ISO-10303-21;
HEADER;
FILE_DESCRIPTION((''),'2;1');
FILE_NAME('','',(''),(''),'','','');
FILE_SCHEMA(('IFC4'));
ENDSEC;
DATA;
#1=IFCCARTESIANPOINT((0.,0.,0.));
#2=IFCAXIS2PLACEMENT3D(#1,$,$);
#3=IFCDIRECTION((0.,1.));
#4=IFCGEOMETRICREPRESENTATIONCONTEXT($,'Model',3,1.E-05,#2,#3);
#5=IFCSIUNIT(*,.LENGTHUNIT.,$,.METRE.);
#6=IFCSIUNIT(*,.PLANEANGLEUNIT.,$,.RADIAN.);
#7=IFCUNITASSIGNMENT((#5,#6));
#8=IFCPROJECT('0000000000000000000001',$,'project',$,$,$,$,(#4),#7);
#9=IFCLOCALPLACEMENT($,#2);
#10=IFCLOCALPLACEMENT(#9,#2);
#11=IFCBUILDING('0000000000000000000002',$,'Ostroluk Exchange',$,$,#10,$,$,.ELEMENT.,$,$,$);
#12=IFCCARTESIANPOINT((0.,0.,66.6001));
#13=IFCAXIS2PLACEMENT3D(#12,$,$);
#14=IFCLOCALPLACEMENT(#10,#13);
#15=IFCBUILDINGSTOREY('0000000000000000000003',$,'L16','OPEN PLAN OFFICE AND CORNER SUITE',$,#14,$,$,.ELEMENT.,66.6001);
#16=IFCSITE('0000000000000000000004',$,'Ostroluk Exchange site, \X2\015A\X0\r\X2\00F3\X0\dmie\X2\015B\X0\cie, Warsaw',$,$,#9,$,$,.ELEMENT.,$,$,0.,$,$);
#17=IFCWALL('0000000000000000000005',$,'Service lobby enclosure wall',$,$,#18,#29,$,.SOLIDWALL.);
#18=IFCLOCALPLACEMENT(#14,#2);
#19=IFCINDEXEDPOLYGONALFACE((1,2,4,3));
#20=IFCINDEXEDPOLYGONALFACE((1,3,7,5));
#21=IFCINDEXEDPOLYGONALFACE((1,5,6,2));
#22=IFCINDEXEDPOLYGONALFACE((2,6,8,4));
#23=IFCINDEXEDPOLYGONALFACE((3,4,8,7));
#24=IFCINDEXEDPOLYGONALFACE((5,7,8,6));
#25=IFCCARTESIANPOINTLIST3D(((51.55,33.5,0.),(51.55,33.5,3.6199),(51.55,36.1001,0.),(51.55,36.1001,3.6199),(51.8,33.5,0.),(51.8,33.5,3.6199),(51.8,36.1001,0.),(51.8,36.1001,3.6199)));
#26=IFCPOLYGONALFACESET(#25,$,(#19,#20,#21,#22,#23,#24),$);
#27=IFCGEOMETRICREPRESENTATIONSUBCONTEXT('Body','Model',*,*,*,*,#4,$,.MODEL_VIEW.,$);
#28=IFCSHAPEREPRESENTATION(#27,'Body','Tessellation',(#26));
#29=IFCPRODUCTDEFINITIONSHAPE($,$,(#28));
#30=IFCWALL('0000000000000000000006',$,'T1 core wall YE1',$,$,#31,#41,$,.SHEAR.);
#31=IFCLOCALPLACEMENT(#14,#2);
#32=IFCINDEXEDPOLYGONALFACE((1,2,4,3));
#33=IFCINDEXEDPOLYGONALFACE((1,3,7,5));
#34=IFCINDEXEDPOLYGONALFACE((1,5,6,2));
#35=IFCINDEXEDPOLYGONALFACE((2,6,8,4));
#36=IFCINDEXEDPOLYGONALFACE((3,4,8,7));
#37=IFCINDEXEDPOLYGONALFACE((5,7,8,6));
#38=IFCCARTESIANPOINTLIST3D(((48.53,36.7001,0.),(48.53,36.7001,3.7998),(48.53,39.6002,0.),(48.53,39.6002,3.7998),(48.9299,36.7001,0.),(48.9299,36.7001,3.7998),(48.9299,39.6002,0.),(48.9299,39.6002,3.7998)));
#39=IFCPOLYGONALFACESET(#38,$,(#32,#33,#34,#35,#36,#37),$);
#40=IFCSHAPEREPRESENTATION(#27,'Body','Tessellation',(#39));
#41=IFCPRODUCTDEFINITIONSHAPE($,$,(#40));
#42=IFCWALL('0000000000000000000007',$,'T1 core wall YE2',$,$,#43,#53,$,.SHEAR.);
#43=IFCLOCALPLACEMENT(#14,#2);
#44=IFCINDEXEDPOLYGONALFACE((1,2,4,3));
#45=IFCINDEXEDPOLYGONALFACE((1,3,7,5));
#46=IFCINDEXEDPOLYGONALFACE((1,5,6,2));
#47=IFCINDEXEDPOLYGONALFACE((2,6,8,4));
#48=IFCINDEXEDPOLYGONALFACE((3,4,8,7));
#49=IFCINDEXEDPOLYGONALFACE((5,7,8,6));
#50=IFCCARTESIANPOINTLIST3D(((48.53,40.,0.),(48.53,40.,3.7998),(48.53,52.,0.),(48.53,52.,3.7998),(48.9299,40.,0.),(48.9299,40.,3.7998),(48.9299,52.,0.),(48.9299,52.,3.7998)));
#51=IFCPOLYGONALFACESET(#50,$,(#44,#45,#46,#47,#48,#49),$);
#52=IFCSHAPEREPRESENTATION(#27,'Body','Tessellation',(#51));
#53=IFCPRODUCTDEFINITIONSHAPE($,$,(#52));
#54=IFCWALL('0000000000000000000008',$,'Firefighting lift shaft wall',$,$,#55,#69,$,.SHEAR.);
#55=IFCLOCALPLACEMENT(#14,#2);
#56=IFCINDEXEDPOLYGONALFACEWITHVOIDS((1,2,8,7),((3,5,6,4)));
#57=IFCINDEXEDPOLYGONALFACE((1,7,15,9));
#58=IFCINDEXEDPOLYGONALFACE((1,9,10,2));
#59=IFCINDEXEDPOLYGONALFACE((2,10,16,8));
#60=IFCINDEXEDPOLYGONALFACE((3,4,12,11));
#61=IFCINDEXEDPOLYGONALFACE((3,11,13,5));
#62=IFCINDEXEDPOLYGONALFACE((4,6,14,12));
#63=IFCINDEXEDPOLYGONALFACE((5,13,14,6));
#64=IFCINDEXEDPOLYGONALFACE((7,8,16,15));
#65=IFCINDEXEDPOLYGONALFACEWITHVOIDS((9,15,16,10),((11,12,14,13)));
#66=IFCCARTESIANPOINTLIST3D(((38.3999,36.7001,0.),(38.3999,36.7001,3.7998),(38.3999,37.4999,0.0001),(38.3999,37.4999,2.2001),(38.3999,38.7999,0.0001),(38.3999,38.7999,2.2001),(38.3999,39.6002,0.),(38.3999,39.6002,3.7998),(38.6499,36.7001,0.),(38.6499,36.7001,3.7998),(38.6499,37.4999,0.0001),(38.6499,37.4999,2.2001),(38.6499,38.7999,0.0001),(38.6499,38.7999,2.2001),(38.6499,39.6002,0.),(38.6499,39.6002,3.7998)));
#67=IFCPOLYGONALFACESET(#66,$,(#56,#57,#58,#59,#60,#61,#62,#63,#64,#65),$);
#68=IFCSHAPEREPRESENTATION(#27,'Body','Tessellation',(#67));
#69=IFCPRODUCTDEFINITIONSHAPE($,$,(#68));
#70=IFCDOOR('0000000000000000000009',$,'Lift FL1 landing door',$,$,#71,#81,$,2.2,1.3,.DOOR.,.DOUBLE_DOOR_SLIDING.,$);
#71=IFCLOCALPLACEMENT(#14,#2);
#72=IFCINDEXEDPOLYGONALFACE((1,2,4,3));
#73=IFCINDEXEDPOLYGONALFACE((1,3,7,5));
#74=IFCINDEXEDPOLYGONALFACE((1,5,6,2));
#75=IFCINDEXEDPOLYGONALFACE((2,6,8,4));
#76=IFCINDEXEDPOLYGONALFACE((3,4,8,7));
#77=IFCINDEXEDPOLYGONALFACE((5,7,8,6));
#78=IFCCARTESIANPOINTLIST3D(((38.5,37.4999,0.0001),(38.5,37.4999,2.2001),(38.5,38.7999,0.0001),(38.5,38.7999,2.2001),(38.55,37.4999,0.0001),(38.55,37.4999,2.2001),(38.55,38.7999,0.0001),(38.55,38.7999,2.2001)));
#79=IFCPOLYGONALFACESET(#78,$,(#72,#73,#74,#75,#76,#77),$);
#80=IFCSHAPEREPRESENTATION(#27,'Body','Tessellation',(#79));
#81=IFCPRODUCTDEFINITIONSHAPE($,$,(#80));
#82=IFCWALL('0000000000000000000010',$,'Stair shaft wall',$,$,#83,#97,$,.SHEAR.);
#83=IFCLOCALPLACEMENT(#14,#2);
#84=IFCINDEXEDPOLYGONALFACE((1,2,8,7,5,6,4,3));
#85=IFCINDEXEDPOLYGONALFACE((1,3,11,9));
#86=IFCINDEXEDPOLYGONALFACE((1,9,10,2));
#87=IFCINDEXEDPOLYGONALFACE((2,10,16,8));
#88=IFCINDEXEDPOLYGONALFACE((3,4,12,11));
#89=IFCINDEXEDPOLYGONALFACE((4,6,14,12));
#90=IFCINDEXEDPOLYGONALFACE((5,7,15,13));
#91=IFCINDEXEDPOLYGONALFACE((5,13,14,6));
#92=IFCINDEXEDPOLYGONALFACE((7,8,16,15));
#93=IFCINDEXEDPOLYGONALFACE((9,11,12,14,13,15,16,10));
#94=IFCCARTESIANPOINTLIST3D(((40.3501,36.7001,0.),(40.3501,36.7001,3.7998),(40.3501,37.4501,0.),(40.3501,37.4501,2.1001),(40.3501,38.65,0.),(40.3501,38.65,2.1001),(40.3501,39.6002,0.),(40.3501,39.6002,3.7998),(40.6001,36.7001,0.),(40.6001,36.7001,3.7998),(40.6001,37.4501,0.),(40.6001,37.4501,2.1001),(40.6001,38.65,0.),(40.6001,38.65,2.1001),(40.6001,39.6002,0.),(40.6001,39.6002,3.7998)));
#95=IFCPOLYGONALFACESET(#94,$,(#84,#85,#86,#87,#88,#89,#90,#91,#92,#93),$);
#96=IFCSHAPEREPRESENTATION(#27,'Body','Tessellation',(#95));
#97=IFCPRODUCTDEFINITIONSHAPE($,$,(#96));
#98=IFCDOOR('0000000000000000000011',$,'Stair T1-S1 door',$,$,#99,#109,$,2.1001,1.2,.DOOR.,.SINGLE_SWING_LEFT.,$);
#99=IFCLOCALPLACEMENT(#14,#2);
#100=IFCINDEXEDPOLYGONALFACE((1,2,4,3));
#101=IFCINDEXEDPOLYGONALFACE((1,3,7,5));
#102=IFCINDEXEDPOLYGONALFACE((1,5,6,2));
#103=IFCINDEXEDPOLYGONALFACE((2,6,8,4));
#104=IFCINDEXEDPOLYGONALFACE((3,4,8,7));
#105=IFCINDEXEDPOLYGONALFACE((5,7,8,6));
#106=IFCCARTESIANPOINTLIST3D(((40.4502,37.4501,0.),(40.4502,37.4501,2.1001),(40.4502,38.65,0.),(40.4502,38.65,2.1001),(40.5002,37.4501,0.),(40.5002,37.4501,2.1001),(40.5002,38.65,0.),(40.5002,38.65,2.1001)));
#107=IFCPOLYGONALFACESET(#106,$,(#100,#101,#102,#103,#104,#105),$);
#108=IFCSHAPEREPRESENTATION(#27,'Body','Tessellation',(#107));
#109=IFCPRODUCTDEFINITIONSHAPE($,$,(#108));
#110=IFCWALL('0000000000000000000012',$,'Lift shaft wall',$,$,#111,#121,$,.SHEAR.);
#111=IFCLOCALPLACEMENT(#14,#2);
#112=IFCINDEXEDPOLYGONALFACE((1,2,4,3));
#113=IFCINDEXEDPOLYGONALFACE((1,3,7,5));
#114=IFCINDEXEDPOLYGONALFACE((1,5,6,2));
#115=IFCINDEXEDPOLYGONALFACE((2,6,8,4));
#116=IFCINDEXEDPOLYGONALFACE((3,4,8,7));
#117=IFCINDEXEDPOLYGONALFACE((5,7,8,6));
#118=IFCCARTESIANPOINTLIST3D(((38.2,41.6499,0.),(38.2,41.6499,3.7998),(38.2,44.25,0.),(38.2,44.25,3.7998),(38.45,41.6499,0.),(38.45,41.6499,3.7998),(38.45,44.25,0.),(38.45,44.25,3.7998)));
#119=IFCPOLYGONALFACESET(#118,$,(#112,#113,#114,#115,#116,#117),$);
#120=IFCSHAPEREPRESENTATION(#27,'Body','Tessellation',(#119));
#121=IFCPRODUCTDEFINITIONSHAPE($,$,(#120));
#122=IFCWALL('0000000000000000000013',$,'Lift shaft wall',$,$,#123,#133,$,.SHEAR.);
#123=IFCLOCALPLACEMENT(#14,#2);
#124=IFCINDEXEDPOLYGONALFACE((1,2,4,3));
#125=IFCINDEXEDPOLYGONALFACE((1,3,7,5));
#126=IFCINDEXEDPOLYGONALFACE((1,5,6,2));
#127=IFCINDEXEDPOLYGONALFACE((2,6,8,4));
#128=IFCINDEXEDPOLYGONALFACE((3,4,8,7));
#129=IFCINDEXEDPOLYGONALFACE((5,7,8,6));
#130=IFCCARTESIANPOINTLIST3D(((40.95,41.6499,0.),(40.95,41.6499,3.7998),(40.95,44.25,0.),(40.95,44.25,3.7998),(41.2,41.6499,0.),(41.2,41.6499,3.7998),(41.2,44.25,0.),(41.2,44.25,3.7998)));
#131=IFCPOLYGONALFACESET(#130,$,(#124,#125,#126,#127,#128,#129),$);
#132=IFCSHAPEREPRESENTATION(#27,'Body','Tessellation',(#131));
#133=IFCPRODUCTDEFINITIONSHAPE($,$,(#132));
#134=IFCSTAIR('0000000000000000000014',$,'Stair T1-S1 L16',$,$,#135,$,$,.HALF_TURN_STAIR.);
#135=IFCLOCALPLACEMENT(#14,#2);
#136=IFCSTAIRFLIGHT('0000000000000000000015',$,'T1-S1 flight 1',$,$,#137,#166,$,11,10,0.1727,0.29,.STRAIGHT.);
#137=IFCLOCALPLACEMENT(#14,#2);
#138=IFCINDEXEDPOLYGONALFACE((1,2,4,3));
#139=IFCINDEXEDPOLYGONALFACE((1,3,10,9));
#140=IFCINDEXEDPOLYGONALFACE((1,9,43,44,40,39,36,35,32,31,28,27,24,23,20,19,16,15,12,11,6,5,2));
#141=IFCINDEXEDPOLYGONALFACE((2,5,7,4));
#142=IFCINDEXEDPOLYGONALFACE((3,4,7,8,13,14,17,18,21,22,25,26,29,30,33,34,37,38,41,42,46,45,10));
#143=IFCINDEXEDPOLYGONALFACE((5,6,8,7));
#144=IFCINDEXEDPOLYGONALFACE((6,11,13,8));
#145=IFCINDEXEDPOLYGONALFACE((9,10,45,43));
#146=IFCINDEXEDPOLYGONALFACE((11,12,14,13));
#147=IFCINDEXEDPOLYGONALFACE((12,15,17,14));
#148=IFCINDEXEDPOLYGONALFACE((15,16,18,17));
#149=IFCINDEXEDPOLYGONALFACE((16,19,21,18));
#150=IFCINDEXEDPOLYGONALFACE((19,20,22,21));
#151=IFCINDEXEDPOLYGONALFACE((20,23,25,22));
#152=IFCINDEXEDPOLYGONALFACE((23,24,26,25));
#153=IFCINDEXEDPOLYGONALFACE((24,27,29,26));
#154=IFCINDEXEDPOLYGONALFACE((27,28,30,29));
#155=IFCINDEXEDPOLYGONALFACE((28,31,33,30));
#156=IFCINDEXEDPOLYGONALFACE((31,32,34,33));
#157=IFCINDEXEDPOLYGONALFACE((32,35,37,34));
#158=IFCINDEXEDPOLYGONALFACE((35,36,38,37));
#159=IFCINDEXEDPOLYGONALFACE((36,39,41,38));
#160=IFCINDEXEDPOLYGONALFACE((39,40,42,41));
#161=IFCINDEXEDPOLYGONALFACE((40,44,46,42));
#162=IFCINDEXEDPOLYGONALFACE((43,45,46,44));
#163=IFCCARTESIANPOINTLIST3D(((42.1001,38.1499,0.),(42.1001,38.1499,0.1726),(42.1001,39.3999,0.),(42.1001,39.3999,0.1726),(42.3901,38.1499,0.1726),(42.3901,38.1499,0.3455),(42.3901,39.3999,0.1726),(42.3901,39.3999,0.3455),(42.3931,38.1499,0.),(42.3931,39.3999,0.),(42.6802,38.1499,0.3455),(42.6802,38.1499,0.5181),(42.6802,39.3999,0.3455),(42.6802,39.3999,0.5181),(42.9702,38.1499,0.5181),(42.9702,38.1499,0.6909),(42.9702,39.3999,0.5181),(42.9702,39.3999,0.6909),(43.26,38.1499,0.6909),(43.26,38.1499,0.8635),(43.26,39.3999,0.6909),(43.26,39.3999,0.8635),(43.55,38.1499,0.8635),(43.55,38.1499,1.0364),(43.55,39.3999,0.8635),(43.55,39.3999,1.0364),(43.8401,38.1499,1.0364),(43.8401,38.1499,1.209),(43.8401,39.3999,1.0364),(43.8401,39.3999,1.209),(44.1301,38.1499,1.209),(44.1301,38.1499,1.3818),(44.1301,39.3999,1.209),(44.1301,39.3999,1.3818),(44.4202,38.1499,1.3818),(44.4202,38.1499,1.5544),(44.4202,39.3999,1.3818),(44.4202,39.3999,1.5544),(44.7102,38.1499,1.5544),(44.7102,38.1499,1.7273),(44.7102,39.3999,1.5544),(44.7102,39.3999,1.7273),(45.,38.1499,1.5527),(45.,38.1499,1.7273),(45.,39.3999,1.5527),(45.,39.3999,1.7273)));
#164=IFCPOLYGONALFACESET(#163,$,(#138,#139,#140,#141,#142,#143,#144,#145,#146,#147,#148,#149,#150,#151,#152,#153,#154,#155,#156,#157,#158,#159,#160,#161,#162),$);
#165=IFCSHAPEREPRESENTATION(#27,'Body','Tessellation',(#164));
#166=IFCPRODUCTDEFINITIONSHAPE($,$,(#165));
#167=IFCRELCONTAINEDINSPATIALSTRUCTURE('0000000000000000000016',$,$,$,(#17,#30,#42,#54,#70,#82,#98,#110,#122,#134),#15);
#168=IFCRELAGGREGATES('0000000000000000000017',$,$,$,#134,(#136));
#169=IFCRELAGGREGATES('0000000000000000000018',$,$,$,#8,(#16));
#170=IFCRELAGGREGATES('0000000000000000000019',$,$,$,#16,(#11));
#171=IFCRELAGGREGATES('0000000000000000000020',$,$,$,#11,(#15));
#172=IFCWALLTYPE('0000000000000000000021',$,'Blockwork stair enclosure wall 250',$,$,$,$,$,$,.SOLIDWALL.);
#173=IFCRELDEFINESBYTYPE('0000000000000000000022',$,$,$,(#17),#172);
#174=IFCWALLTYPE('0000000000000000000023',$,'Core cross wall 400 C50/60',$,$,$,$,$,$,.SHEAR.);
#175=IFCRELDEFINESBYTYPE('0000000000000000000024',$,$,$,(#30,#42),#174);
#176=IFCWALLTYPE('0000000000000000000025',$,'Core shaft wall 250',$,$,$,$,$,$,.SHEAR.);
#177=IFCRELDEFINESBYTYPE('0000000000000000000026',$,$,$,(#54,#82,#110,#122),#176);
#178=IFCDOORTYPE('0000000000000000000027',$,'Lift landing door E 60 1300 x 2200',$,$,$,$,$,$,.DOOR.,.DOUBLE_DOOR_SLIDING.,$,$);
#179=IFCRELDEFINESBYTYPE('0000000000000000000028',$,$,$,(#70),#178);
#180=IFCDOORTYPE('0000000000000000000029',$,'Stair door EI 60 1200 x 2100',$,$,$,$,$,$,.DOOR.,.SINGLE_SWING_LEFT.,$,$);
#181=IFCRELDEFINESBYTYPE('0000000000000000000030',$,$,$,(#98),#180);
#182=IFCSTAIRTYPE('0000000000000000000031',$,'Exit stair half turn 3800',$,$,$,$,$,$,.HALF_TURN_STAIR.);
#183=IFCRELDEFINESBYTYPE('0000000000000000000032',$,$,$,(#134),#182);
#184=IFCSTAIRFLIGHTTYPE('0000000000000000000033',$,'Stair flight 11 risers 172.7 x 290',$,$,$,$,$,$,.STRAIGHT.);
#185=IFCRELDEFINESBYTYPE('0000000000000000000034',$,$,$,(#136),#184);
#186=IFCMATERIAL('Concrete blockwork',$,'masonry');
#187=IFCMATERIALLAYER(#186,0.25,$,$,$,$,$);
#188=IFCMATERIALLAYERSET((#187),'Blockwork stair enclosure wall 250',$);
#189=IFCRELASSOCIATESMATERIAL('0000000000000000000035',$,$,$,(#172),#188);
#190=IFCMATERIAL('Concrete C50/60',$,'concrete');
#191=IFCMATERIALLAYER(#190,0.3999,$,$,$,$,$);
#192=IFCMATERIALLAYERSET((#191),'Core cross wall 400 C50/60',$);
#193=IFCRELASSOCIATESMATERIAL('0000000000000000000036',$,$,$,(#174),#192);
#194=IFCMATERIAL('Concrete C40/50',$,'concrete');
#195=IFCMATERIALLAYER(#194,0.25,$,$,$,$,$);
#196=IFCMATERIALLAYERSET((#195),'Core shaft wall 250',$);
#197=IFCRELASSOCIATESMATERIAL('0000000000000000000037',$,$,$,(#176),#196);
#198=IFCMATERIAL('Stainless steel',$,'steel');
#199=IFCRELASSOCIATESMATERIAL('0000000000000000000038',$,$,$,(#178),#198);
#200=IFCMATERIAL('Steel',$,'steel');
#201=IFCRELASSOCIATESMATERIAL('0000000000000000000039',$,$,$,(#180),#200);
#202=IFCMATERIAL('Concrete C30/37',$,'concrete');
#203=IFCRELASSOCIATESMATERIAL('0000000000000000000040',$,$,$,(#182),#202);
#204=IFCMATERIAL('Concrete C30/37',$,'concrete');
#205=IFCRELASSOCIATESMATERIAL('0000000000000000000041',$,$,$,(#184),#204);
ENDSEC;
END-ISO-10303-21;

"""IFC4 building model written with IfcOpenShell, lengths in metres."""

from ifc_helpers import new_model, si_unit, direction, frame, frame_2d, origin, place, context, subcontext, project, spatial, polyline, rectangle, outline, extrude, material, layer, layer_set, type_object, element, fill, aggregate, save


model = new_model("IFC4")

# Units and contexts
model_context = context("Model", 3, precision=1e-05, world=origin(), true_north=direction((0.0, 1.0)))
body_context = subcontext(model_context, "Body", "Model", "MODEL_VIEW")
ifc_project = project(units=[si_unit("LENGTHUNIT", "METRE"), si_unit("PLANEANGLEUNIT", "RADIAN")], contexts=[model_context])

# Site, building, storey
site_placement = place(None, origin())
site = spatial("IfcSite", under=ifc_project, at=site_placement, Name="Ostroluk Exchange site, Śródmieście, Warsaw", CompositionType="ELEMENT", RefElevation=0.0)
building_placement = place(site_placement, origin())
building = spatial("IfcBuilding", under=site, at=building_placement, Name="Ostroluk Exchange", CompositionType="ELEMENT")
storey_placement = place(building_placement, frame((0.0, 0.0, 66.6001)))
storey = spatial("IfcBuildingStorey", under=building, at=storey_placement, Name="L16", Description="OPEN PLAN OFFICE AND CORNER SUITE", CompositionType="ELEMENT", Elevation=66.6001)

# Walls
ifc_material_1 = material(Name="Concrete blockwork", Category="masonry")
ifc_layer_1 = layer(ifc_material_1, 0.25)
ifc_layer_set_1 = layer_set([ifc_layer_1], Name="Blockwork stair enclosure wall 250")
wall_type_1 = type_object("IfcWallType", Name="Blockwork stair enclosure wall 250", PredefinedType="SOLIDWALL", material=ifc_layer_set_1)
for number, where, z_axis, x_axis, name in (
    (1, (51.675, 33.5, 0.0), (0.0, 0.0, 1.0), (0.0, 1.0, 0.0), "Service lobby enclosure wall"),
):
    element("IfcWall", number, at=place(storey_placement, frame(where, z_axis=z_axis, x_axis=x_axis)), inside=storey, type_object=wall_type_1, Name=name, PredefinedType="SOLIDWALL", context=body_context, shape_type="SweptSolid", body=[
        extrude(rectangle(XDim=2.6001, YDim=0.25, at=frame_2d((1.3, 0.0))), origin(), (0.0, 0.0, 1.0), 3.6199),
    ])
ifc_material_2 = material(Name="Concrete C50/60", Category="concrete")
ifc_layer_2 = layer(ifc_material_2, 0.3999)
ifc_layer_set_2 = layer_set([ifc_layer_2], Name="Core cross wall 400 C50/60")
wall_type_2 = type_object("IfcWallType", Name="Core cross wall 400 C50/60", PredefinedType="SHEAR", material=ifc_layer_set_2)
wall_1_placement = place(storey_placement, frame((48.73, 36.7, 0.0), z_axis=(0.0, 0.0, 1.0), x_axis=(0.0, 1.0, 0.0)))
element("IfcWall", 2, at=wall_1_placement, inside=storey, type_object=wall_type_2, Name="T1 core wall YE1", PredefinedType="SHEAR", context=body_context, shape_type="SweptSolid", body=[
    extrude(rectangle(XDim=2.9001, YDim=0.3999, at=frame_2d((1.4502, 0.0))), origin(), (0.0, 0.0, 1.0), 3.7998),
])
wall_2_placement = place(storey_placement, frame((48.73, 40.0, 0.0), z_axis=(0.0, 0.0, 1.0), x_axis=(0.0, 1.0, 0.0)))
element("IfcWall", 3, at=wall_2_placement, inside=storey, type_object=wall_type_2, Name="T1 core wall YE2", PredefinedType="SHEAR", context=body_context, shape_type="SweptSolid", body=[
    extrude(rectangle(XDim=12.0, YDim=0.3999, at=frame_2d((6.0, 0.0))), origin(), (0.0, 0.0, 1.0), 3.7998),
])

# Walls, openings, doors
ifc_material_3 = material(Name="Concrete C40/50", Category="concrete")
ifc_layer_3 = layer(ifc_material_3, 0.25)
ifc_layer_set_3 = layer_set([ifc_layer_3], Name="Core shaft wall 250")
wall_type_3 = type_object("IfcWallType", Name="Core shaft wall 250", PredefinedType="SHEAR", material=ifc_layer_set_3)
wall_3_placement = place(storey_placement, frame((38.5249, 36.7, 0.0), z_axis=(0.0, 0.0, 1.0), x_axis=(0.0, 1.0, 0.0)))
wall_3 = element("IfcWall", 4, at=wall_3_placement, inside=storey, type_object=wall_type_3, Name="Firefighting lift shaft wall", PredefinedType="SHEAR", context=body_context, shape_type="SweptSolid", body=[
    extrude(rectangle(XDim=2.9001, YDim=0.25, at=frame_2d((1.4502, 0.0))), origin(), (0.0, 0.0, 1.0), 3.7998),
])
opening_1_placement = place(wall_3_placement, frame((0.8, 0.0, 0.0)))
opening_1 = element("IfcOpeningElement", 5, at=opening_1_placement, cuts=wall_3, PredefinedType="OPENING", context=body_context, shape_type="SweptSolid", body=[
    extrude(rectangle(XDim=1.3, YDim=2.2, at=frame_2d((0.6499, 1.1001))), frame((0.0, 0.135, 0.0), z_axis=(0.0, -1.0, 0.0), x_axis=(1.0, 0.0, 0.0)), (0.0, 0.0, 1.0), 0.27),
])
ifc_material_4 = material(Name="Stainless steel", Category="steel")
door_type_1 = type_object("IfcDoorType", Name="Lift landing door E 60 1300 x 2200", OperationType="DOUBLE_DOOR_SLIDING", PredefinedType="DOOR", material=ifc_material_4)
door_1_placement = place(opening_1_placement, origin())
door_1 = element("IfcDoor", 6, at=door_1_placement, inside=storey, type_object=door_type_1, Name="Lift FL1 landing door", OperationType="DOUBLE_DOOR_SLIDING", OverallHeight=2.2, OverallWidth=1.3, PredefinedType="DOOR", context=body_context, shape_type="SweptSolid", body=[
    extrude(rectangle(XDim=1.3, YDim=2.2, at=frame_2d((0.6499, 1.1001))), frame((0.0, 0.0249, 0.0), z_axis=(0.0, -1.0, 0.0), x_axis=(1.0, 0.0, 0.0)), (0.0, 0.0, 1.0), 0.05),
])
fill(opening_1, door_1)
wall_4_placement = place(storey_placement, frame((40.4751, 36.7, 0.0), z_axis=(0.0, 0.0, 1.0), x_axis=(0.0, 1.0, 0.0)))
wall_4 = element("IfcWall", 7, at=wall_4_placement, inside=storey, type_object=wall_type_3, Name="Stair shaft wall", PredefinedType="SHEAR", context=body_context, shape_type="SweptSolid", body=[
    extrude(rectangle(XDim=2.9001, YDim=0.25, at=frame_2d((1.4502, 0.0))), origin(), (0.0, 0.0, 1.0), 3.7998),
])
opening_2_placement = place(wall_4_placement, frame((0.75, 0.0, 0.0)))
opening_2 = element("IfcOpeningElement", 8, at=opening_2_placement, cuts=wall_4, PredefinedType="OPENING", context=body_context, shape_type="SweptSolid", body=[
    extrude(rectangle(XDim=1.2, YDim=2.1001, at=frame_2d((0.6001, 1.05))), frame((0.0, 0.135, 0.0), z_axis=(0.0, -1.0, 0.0), x_axis=(1.0, 0.0, 0.0)), (0.0, 0.0, 1.0), 0.27),
])
ifc_material_5 = material(Name="Steel", Category="steel")
door_type_2 = type_object("IfcDoorType", Name="Stair door EI 60 1200 x 2100", OperationType="SINGLE_SWING_LEFT", PredefinedType="DOOR", material=ifc_material_5)
door_2_placement = place(opening_2_placement, origin())
door_2 = element("IfcDoor", 9, at=door_2_placement, inside=storey, type_object=door_type_2, Name="Stair T1-S1 door", OperationType="SINGLE_SWING_LEFT", OverallHeight=2.1001, OverallWidth=1.2, PredefinedType="DOOR", context=body_context, shape_type="SweptSolid", body=[
    extrude(rectangle(XDim=1.2, YDim=2.1001, at=frame_2d((0.6001, 1.05))), frame((0.0, 0.0249, 0.0), z_axis=(0.0, -1.0, 0.0), x_axis=(1.0, 0.0, 0.0)), (0.0, 0.0, 1.0), 0.05),
])
fill(opening_2, door_2)

# Walls
for number, where, z_axis, x_axis, name in (
    (10, (38.325, 44.25, 0.0), (0.0, 0.0, 1.0), (0.0, -1.0, 0.0), "Lift shaft wall"),
    (11, (41.075, 44.25, 0.0), (0.0, 0.0, 1.0), (0.0, -1.0, 0.0), "Lift shaft wall"),
):
    element("IfcWall", number, at=place(storey_placement, frame(where, z_axis=z_axis, x_axis=x_axis)), inside=storey, type_object=wall_type_3, Name=name, PredefinedType="SHEAR", context=body_context, shape_type="SweptSolid", body=[
        extrude(rectangle(XDim=2.6001, YDim=0.25, at=frame_2d((1.3, 0.0))), origin(), (0.0, 0.0, 1.0), 3.7998),
    ])

# Stair, stair flight
ifc_material_6 = material(Name="Concrete C30/37", Category="concrete")
stair_type = type_object("IfcStairType", Name="Exit stair half turn 3800", PredefinedType="HALF_TURN_STAIR", material=ifc_material_6)
stair_placement = place(storey_placement, origin())
stair = element("IfcStair", 12, at=stair_placement, inside=storey, type_object=stair_type, Name="Stair T1-S1 L16", PredefinedType="HALF_TURN_STAIR")
ifc_material_7 = material(Name="Concrete C30/37", Category="concrete")
stair_flight_type = type_object("IfcStairFlightType", Name="Stair flight 11 risers 172.7 x 290", PredefinedType="STRAIGHT", material=ifc_material_7)
stair_flight_1_placement = place(storey_placement, frame((42.1001, 38.7749, 0.0), z_axis=(0.0, 0.0, 1.0), x_axis=(1.0, 0.0, 0.0)))
stair_flight_1 = element("IfcStairFlight", 13, at=stair_flight_1_placement, type_object=stair_flight_type, Name="T1-S1 flight 1", NumberOfRisers=11, NumberOfTreads=10, PredefinedType="STRAIGHT", RiserHeight=0.1727, TreadLength=0.29, context=body_context, shape_type="SweptSolid", body=[
    extrude(outline(polyline([(0.0, 0.0), (0.0, 0.1726), (0.29, 0.1726), (0.29, 0.3455), (0.5801, 0.3455), (0.5801, 0.5181), (0.8701, 0.5181), (0.8701, 0.6909), (1.1599, 0.6909), (1.1599, 0.8635), (1.45, 0.8635), (1.45, 1.0364), (1.74, 1.0364), (1.74, 1.209), (2.03, 1.209), (2.03, 1.3818), (2.3201, 1.3818), (2.3201, 1.5544), (2.6101, 1.5544), (2.6101, 1.7273), (2.8999, 1.7273), (2.8999, 1.8999), (2.8999, 1.5527), (0.293, 0.0), (0.0, 0.0)])), frame((0.0, 0.625, 0.0), z_axis=(0.0, -1.0, 0.0), x_axis=(1.0, 0.0, 0.0)), (0.0, 0.0, 1.0), 1.25),
])
aggregate(stair, [stair_flight_1])

save(model, "model.ifc")
